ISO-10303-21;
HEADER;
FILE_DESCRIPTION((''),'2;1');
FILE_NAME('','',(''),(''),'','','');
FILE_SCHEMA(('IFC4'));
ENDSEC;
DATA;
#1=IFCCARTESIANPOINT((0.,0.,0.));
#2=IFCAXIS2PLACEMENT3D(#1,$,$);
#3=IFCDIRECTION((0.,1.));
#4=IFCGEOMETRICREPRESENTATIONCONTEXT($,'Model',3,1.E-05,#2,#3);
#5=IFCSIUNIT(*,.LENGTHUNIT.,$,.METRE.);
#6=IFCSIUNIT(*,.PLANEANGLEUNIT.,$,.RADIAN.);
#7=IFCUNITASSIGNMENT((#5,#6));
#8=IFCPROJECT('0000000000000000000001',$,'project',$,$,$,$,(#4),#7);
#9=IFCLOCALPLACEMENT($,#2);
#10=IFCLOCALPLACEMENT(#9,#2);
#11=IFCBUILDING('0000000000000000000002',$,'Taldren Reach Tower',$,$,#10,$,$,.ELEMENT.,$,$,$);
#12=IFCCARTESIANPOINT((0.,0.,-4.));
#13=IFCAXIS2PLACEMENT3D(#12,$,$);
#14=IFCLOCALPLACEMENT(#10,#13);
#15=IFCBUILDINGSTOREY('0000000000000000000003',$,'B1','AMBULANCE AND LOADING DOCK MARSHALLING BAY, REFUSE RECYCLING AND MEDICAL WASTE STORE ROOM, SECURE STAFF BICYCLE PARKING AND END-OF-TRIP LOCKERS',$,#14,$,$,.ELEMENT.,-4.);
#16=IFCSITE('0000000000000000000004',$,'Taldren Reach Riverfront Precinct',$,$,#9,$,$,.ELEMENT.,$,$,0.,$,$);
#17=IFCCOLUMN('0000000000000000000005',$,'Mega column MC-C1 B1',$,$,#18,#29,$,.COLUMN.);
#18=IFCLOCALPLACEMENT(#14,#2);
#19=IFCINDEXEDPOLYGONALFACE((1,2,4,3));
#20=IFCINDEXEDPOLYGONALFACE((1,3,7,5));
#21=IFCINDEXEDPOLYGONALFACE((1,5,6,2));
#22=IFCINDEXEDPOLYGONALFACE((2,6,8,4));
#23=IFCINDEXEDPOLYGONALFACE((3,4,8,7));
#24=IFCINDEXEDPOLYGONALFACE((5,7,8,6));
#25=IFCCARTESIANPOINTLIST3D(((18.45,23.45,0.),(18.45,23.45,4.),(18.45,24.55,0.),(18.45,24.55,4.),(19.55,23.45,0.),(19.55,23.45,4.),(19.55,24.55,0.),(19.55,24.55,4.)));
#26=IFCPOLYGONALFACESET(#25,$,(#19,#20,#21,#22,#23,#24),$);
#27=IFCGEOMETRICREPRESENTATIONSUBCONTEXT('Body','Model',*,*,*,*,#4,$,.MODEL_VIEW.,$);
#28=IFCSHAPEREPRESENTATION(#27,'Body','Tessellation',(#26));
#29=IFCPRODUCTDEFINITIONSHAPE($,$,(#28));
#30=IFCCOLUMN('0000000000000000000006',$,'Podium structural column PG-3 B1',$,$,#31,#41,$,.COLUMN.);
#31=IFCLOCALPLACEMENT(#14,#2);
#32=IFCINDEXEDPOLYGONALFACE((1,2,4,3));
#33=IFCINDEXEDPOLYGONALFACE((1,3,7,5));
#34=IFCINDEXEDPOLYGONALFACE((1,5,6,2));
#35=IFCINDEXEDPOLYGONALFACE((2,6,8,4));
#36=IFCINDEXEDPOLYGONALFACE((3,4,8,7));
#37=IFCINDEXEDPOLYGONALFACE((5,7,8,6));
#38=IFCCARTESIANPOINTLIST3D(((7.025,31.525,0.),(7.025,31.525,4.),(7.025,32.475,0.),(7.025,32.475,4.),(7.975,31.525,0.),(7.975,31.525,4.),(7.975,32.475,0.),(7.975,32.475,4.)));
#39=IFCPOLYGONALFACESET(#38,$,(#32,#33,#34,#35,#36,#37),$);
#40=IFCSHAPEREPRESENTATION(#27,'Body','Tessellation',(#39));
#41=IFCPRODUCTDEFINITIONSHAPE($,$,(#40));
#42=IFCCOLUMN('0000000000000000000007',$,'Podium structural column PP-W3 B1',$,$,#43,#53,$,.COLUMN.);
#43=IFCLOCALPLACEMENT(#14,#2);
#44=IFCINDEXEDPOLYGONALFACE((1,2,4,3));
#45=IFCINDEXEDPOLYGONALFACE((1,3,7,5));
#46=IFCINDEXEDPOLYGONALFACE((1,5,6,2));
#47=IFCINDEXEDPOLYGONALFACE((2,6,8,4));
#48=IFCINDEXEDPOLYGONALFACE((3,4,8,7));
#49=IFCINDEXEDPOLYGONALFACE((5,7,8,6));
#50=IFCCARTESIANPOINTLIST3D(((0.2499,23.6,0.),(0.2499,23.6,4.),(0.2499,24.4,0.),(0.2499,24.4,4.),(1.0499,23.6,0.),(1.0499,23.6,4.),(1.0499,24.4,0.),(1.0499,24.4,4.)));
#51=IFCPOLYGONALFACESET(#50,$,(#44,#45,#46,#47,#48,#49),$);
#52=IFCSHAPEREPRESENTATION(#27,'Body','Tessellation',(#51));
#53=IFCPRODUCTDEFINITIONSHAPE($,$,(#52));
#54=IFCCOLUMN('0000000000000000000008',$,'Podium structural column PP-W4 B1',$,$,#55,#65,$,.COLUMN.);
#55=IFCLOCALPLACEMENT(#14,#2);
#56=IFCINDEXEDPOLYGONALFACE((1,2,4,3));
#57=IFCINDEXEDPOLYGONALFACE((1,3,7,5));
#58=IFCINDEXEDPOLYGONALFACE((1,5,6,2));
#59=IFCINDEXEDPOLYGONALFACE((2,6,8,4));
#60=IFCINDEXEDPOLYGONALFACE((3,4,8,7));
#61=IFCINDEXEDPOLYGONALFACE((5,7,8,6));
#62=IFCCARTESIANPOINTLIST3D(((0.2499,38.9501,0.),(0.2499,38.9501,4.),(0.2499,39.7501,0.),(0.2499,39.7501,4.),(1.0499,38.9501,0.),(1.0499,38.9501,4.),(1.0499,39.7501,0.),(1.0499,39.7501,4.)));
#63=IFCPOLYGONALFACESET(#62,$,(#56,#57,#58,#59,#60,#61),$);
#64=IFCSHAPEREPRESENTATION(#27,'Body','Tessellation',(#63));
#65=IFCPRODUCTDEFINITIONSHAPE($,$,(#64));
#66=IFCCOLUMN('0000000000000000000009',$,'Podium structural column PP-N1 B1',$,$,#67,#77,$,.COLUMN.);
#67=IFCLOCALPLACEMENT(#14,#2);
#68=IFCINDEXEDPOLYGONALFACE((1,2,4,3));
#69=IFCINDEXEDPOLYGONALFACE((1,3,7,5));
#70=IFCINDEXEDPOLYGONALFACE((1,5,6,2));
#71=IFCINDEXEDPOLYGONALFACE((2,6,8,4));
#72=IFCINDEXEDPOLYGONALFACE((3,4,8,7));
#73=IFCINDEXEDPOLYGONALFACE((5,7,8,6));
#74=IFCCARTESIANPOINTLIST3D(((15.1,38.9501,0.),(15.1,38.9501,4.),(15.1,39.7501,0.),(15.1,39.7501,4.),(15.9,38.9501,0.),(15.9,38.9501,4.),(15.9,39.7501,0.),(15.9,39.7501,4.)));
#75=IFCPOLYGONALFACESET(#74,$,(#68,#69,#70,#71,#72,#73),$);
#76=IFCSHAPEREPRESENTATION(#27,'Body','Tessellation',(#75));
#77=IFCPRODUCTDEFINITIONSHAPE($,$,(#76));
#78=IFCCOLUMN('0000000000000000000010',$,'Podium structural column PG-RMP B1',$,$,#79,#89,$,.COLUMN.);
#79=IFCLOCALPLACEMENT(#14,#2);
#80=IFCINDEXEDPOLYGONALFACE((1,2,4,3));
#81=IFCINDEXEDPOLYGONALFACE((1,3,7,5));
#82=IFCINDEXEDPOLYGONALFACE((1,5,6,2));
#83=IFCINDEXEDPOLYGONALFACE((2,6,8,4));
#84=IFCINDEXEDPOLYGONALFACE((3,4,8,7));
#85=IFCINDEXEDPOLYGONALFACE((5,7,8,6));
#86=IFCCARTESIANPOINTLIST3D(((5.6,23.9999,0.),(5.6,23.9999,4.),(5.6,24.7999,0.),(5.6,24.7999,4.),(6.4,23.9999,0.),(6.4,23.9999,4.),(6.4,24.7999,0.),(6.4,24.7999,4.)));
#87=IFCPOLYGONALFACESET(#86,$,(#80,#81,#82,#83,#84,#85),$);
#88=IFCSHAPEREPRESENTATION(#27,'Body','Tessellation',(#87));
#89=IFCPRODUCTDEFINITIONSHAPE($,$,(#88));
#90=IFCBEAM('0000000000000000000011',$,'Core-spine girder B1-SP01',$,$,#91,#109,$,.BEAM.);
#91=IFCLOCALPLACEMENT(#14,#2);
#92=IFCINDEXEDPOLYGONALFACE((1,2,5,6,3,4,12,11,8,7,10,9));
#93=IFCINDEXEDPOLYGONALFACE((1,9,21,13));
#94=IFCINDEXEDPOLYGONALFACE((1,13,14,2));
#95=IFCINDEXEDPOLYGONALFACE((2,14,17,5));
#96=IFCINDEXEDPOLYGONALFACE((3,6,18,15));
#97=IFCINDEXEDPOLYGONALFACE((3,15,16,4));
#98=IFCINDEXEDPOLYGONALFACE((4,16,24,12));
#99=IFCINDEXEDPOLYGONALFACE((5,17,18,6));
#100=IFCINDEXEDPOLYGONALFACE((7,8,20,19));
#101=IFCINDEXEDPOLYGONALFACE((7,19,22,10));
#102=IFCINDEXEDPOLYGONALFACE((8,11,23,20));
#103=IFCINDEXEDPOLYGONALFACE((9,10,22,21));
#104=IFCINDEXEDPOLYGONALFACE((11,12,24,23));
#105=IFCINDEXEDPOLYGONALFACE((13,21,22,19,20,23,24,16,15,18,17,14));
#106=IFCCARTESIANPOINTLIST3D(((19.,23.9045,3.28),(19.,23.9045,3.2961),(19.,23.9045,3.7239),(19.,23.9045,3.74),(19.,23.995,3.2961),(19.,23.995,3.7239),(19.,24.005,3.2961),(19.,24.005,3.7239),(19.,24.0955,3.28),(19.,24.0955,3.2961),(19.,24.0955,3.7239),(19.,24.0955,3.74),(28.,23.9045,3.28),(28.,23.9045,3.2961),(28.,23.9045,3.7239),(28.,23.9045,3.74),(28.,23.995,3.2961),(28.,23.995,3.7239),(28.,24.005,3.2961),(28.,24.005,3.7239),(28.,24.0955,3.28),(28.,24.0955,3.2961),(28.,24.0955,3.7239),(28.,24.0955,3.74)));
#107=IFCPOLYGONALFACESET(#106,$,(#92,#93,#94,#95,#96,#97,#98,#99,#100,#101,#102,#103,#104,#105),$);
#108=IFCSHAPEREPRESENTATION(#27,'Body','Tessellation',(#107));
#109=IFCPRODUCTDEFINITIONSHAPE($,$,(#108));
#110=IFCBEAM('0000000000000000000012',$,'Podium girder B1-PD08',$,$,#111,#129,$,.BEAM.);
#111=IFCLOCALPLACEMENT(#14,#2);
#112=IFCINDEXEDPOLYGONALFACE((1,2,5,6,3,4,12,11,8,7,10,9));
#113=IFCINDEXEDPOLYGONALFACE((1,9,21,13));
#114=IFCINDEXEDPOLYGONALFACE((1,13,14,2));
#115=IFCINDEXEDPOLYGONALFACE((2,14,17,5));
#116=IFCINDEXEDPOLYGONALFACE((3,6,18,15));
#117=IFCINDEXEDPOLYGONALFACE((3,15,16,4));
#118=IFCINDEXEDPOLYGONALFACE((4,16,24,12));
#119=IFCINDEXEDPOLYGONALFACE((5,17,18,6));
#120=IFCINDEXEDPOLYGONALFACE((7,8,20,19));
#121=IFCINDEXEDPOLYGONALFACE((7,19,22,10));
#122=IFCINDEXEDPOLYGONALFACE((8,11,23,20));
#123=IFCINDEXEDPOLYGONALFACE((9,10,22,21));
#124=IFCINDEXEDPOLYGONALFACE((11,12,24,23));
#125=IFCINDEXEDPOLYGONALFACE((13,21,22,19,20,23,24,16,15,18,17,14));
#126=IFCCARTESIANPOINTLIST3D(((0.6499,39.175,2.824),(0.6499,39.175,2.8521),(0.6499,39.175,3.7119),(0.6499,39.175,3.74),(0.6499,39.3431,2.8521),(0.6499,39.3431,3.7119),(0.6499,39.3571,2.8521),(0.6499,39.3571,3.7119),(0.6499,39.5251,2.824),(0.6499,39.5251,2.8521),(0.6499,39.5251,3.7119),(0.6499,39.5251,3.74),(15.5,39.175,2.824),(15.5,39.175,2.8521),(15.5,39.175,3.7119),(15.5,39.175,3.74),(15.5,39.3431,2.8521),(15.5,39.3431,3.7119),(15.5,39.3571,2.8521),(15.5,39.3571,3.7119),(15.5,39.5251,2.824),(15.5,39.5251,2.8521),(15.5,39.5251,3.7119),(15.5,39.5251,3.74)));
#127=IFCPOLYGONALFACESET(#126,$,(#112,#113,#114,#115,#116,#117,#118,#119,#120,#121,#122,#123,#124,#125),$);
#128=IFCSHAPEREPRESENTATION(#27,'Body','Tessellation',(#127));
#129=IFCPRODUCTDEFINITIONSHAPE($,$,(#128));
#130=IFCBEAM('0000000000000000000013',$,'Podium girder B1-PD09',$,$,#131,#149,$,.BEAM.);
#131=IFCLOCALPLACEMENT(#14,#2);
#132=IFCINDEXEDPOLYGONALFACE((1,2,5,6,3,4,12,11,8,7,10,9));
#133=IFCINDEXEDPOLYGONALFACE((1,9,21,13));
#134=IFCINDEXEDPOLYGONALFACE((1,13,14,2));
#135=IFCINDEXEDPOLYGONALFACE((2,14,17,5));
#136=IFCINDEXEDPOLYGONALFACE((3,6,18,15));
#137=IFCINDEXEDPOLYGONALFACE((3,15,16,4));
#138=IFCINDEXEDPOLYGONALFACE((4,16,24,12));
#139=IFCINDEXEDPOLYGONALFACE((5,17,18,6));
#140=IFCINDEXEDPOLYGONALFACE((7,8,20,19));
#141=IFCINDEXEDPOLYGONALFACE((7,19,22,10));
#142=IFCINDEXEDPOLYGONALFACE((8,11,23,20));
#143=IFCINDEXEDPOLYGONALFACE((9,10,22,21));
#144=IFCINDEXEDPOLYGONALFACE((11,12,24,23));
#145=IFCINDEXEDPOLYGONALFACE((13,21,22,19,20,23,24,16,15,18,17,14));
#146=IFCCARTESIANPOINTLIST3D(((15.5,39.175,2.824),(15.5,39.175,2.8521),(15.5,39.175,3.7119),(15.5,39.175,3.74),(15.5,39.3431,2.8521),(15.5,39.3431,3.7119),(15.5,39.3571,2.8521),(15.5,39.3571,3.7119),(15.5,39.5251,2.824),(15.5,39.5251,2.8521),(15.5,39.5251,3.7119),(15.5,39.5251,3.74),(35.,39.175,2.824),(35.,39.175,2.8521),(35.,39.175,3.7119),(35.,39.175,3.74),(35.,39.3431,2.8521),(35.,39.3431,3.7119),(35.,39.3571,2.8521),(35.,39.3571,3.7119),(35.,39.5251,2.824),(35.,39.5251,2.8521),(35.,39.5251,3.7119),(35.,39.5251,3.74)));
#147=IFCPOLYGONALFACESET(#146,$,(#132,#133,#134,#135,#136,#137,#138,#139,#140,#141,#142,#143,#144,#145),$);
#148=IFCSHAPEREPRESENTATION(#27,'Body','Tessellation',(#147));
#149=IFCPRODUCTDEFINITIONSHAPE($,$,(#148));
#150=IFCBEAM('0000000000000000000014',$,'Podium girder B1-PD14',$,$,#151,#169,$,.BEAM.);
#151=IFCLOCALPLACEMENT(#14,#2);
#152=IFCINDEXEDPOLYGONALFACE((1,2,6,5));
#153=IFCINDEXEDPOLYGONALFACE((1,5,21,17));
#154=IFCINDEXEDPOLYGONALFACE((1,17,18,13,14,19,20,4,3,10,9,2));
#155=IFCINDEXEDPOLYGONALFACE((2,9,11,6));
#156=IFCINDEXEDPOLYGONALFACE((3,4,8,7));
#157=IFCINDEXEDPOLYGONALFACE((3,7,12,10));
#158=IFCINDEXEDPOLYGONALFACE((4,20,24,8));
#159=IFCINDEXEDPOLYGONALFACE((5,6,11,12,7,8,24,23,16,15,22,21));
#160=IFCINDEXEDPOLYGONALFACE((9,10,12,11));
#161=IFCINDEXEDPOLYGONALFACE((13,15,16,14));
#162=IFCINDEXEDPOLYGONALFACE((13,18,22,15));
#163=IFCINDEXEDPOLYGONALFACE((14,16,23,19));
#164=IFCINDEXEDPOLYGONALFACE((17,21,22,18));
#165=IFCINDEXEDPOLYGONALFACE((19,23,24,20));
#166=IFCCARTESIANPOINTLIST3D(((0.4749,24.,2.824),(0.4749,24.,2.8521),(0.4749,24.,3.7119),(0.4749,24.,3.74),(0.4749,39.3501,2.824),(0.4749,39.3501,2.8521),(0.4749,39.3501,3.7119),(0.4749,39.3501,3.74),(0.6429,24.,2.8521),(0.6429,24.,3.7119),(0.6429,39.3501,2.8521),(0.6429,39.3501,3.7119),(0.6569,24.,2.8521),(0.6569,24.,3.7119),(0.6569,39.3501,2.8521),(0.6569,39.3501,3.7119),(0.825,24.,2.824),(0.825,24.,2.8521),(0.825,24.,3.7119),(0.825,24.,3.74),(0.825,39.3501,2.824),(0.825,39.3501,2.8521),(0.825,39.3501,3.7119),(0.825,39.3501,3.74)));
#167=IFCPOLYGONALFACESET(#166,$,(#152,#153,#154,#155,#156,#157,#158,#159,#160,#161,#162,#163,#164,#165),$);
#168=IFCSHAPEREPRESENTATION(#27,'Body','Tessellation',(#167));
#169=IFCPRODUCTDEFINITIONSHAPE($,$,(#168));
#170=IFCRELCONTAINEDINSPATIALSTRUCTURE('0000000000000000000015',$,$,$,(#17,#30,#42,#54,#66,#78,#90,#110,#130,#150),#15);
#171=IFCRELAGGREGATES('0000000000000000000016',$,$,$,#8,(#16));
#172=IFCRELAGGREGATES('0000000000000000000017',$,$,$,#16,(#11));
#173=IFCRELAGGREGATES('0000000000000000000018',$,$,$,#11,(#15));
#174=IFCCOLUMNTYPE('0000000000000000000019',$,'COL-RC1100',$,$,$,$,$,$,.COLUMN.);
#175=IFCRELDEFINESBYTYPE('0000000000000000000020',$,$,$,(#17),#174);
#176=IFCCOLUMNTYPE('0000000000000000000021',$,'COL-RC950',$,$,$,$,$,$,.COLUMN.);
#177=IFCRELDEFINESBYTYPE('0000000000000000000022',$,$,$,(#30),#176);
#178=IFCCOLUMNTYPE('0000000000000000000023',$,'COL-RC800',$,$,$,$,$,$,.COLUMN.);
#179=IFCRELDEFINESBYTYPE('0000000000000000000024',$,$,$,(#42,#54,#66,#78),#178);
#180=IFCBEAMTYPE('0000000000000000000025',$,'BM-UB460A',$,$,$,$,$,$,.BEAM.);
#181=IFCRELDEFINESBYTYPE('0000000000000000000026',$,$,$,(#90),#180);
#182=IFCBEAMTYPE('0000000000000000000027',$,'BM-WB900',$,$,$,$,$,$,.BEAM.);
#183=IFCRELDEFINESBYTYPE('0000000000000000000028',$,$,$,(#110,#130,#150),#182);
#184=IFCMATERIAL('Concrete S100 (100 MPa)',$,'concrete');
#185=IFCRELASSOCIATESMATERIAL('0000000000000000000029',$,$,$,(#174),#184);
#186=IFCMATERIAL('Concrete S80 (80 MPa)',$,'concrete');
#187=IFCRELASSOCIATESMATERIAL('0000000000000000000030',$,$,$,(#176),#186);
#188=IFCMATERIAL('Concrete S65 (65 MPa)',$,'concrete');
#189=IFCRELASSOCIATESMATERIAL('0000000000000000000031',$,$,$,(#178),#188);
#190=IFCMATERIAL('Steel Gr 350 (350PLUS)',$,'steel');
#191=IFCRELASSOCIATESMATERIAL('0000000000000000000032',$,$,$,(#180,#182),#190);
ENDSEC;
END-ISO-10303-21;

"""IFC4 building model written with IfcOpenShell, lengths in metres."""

from ifc_helpers import new_model, si_unit, direction, frame, origin, origin_2d, place, context, subcontext, project, spatial, rectangle, i_section, extrude, source, transform, mapped, material, material_profile, profile_set, type_object, element, save


model = new_model("IFC4")

# Units and contexts
model_context = context("Model", 3, precision=1e-05, world=origin(), true_north=direction((0.0, 1.0)))
body_context = subcontext(model_context, "Body", "Model", "MODEL_VIEW")
ifc_project = project(units=[si_unit("LENGTHUNIT", "METRE"), si_unit("PLANEANGLEUNIT", "RADIAN")], contexts=[model_context])

# Site, building, storey
site_placement = place(None, origin())
site = spatial("IfcSite", under=ifc_project, at=site_placement, Name="Taldren Reach Riverfront Precinct", CompositionType="ELEMENT", RefElevation=0.0)
building_placement = place(site_placement, origin())
building = spatial("IfcBuilding", under=site, at=building_placement, Name="Taldren Reach Tower", CompositionType="ELEMENT")
storey_placement = place(building_placement, frame((0.0, 0.0, -4.0)))
storey = spatial("IfcBuildingStorey", under=building, at=storey_placement, Name="B1", Description="AMBULANCE AND LOADING DOCK MARSHALLING BAY, REFUSE RECYCLING AND MEDICAL WASTE STORE ROOM, SECURE STAFF BICYCLE PARKING AND END-OF-TRIP LOCKERS", CompositionType="ELEMENT", Elevation=-4.0)

# Columns
ifc_material_1 = material(Name="Concrete S100 (100 MPa)", Category="concrete")
ifc_material_profile_1 = material_profile(ifc_material_1, rectangle(XDim=1.1001, YDim=1.1001, at=origin_2d()), Name="RC-1100x1100")
ifc_profile_set_1 = profile_set([ifc_material_profile_1], Name="Concrete S100 (100 MPa)")
column_type_1 = type_object("IfcColumnType", Name="COL-RC1100", PredefinedType="COLUMN", material=ifc_profile_set_1)
shared_shape_1 = source(origin(), body_context, "Body", "SweptSolid", [
    extrude(rectangle(XDim=1.1001, YDim=1.1001, at=origin_2d()), origin(), (0.0, 0.0, 1.0), 4.0),
])
column_1_placement = place(storey_placement, frame((19.0, 24.0, 0.0), z_axis=(0.0, 0.0, 1.0), x_axis=(1.0, 0.0, 0.0)))
element("IfcColumn", 1, at=column_1_placement, inside=storey, type_object=column_type_1, Name="Mega column MC-C1 B1", PredefinedType="COLUMN", context=body_context, shape_type="MappedRepresentation", body=[
    mapped(shared_shape_1, transform((0.0, 0.0, 0.0), scale=1.0)),
])
ifc_material_2 = material(Name="Concrete S80 (80 MPa)", Category="concrete")
ifc_material_profile_2 = material_profile(ifc_material_2, rectangle(XDim=0.95, YDim=0.95, at=origin_2d()), Name="RC-950x950")
ifc_profile_set_2 = profile_set([ifc_material_profile_2], Name="Concrete S80 (80 MPa)")
column_type_2 = type_object("IfcColumnType", Name="COL-RC950", PredefinedType="COLUMN", material=ifc_profile_set_2)
shared_shape_2 = source(origin(), body_context, "Body", "SweptSolid", [
    extrude(rectangle(XDim=0.95, YDim=0.95, at=origin_2d()), origin(), (0.0, 0.0, 1.0), 4.0),
])
column_2_placement = place(storey_placement, frame((7.5, 32.0, 0.0), z_axis=(0.0, 0.0, 1.0), x_axis=(1.0, 0.0, 0.0)))
element("IfcColumn", 2, at=column_2_placement, inside=storey, type_object=column_type_2, Name="Podium structural column PG-3 B1", PredefinedType="COLUMN", context=body_context, shape_type="MappedRepresentation", body=[
    mapped(shared_shape_2, transform((0.0, 0.0, 0.0), scale=1.0)),
])
ifc_material_3 = material(Name="Concrete S65 (65 MPa)", Category="concrete")
ifc_material_profile_3 = material_profile(ifc_material_3, rectangle(XDim=0.8, YDim=0.8, at=origin_2d()), Name="RC-800x800")
ifc_profile_set_3 = profile_set([ifc_material_profile_3], Name="Concrete S65 (65 MPa)")
column_type_3 = type_object("IfcColumnType", Name="COL-RC800", PredefinedType="COLUMN", material=ifc_profile_set_3)
shared_shape_3 = source(origin(), body_context, "Body", "SweptSolid", [
    extrude(rectangle(XDim=0.8, YDim=0.8, at=origin_2d()), origin(), (0.0, 0.0, 1.0), 4.0),
])
for number, where, z_axis, x_axis, name in (
    (3, (0.6499, 24.0, 0.0), (0.0, 0.0, 1.0), (1.0, 0.0, 0.0), "Podium structural column PP-W3 B1"),
    (4, (0.6499, 39.3501, 0.0), (0.0, 0.0, 1.0), (1.0, 0.0, 0.0), "Podium structural column PP-W4 B1"),
    (5, (15.5, 39.3501, 0.0), (0.0, 0.0, 1.0), (1.0, 0.0, 0.0), "Podium structural column PP-N1 B1"),
    (6, (6.0, 24.3999, 0.0), (0.0, 0.0, 1.0), (1.0, 0.0, 0.0), "Podium structural column PG-RMP B1"),
):
    element("IfcColumn", number, at=place(storey_placement, frame(where, z_axis=z_axis, x_axis=x_axis)), inside=storey, type_object=column_type_3, Name=name, PredefinedType="COLUMN", context=body_context, shape_type="MappedRepresentation", body=[
        mapped(shared_shape_3, transform((0.0, 0.0, 0.0), scale=1.0)),
    ])

# Beams
ifc_material_4 = material(Name="Steel Gr 350 (350PLUS)", Category="steel")
ifc_material_profile_4 = material_profile(ifc_material_4, i_section(OverallWidth=0.1909, OverallDepth=0.46, WebThickness=0.01, FlangeThickness=0.0161, at=origin_2d()), Name="460UB82.1")
ifc_profile_set_4 = profile_set([ifc_material_profile_4], Name="Steel Gr 350 (350PLUS)")
beam_type_1 = type_object("IfcBeamType", Name="BM-UB460A", PredefinedType="BEAM", material=ifc_profile_set_4)
shared_shape_4 = source(origin(), body_context, "Body", "SweptSolid", [
    extrude(i_section(OverallWidth=0.1909, OverallDepth=0.46, WebThickness=0.01, FlangeThickness=0.0161, at=origin_2d()), origin(), (0.0, 0.0, 1.0), 9.0),
])
beam_1_placement = place(storey_placement, frame((19.0, 24.0, 3.51), z_axis=(1.0, 0.0, 0.0), x_axis=(0.0, 1.0, 0.0)))
element("IfcBeam", 7, at=beam_1_placement, inside=storey, type_object=beam_type_1, Name="Core-spine girder B1-SP01", PredefinedType="BEAM", context=body_context, shape_type="MappedRepresentation", body=[
    mapped(shared_shape_4, transform((0.0, 0.0, 0.0), scale=1.0)),
])
ifc_material_profile_5 = material_profile(ifc_material_4, i_section(OverallWidth=0.3501, OverallDepth=0.916, WebThickness=0.0139, FlangeThickness=0.0281, at=origin_2d()), Name="900WB257")
ifc_profile_set_5 = profile_set([ifc_material_profile_5], Name="Steel Gr 350 (350PLUS)")
beam_type_2 = type_object("IfcBeamType", Name="BM-WB900", PredefinedType="BEAM", material=ifc_profile_set_5)
shared_shape_5 = source(origin(), body_context, "Body", "SweptSolid", [
    extrude(i_section(OverallWidth=0.3501, OverallDepth=0.916, WebThickness=0.0139, FlangeThickness=0.0281, at=origin_2d()), origin(), (0.0, 0.0, 1.0), 14.8501),
])
beam_2_placement = place(storey_placement, frame((0.6499, 39.3501, 3.282), z_axis=(1.0, 0.0, 0.0), x_axis=(0.0, 1.0, 0.0)))
element("IfcBeam", 8, at=beam_2_placement, inside=storey, type_object=beam_type_2, Name="Podium girder B1-PD08", PredefinedType="BEAM", context=body_context, shape_type="MappedRepresentation", body=[
    mapped(shared_shape_5, transform((0.0, 0.0, 0.0), scale=1.0)),
])
shared_shape_6 = source(origin(), body_context, "Body", "SweptSolid", [
    extrude(i_section(OverallWidth=0.3501, OverallDepth=0.916, WebThickness=0.0139, FlangeThickness=0.0281, at=origin_2d()), origin(), (0.0, 0.0, 1.0), 19.5),
])
beam_3_placement = place(storey_placement, frame((15.5, 39.3501, 3.282), z_axis=(1.0, 0.0, 0.0), x_axis=(0.0, 1.0, 0.0)))
element("IfcBeam", 9, at=beam_3_placement, inside=storey, type_object=beam_type_2, Name="Podium girder B1-PD09", PredefinedType="BEAM", context=body_context, shape_type="MappedRepresentation", body=[
    mapped(shared_shape_6, transform((0.0, 0.0, 0.0), scale=1.0)),
])
shared_shape_7 = source(origin(), body_context, "Body", "SweptSolid", [
    extrude(i_section(OverallWidth=0.3501, OverallDepth=0.916, WebThickness=0.0139, FlangeThickness=0.0281, at=origin_2d()), origin(), (0.0, 0.0, 1.0), 15.3501),
])
beam_4_placement = place(storey_placement, frame((0.6499, 24.0, 3.282), z_axis=(0.0, 1.0, 0.0), x_axis=(-1.0, 0.0, 0.0)))
element("IfcBeam", 10, at=beam_4_placement, inside=storey, type_object=beam_type_2, Name="Podium girder B1-PD14", PredefinedType="BEAM", context=body_context, shape_type="MappedRepresentation", body=[
    mapped(shared_shape_7, transform((0.0, 0.0, 0.0), scale=1.0)),
])

save(model, "model.ifc")
